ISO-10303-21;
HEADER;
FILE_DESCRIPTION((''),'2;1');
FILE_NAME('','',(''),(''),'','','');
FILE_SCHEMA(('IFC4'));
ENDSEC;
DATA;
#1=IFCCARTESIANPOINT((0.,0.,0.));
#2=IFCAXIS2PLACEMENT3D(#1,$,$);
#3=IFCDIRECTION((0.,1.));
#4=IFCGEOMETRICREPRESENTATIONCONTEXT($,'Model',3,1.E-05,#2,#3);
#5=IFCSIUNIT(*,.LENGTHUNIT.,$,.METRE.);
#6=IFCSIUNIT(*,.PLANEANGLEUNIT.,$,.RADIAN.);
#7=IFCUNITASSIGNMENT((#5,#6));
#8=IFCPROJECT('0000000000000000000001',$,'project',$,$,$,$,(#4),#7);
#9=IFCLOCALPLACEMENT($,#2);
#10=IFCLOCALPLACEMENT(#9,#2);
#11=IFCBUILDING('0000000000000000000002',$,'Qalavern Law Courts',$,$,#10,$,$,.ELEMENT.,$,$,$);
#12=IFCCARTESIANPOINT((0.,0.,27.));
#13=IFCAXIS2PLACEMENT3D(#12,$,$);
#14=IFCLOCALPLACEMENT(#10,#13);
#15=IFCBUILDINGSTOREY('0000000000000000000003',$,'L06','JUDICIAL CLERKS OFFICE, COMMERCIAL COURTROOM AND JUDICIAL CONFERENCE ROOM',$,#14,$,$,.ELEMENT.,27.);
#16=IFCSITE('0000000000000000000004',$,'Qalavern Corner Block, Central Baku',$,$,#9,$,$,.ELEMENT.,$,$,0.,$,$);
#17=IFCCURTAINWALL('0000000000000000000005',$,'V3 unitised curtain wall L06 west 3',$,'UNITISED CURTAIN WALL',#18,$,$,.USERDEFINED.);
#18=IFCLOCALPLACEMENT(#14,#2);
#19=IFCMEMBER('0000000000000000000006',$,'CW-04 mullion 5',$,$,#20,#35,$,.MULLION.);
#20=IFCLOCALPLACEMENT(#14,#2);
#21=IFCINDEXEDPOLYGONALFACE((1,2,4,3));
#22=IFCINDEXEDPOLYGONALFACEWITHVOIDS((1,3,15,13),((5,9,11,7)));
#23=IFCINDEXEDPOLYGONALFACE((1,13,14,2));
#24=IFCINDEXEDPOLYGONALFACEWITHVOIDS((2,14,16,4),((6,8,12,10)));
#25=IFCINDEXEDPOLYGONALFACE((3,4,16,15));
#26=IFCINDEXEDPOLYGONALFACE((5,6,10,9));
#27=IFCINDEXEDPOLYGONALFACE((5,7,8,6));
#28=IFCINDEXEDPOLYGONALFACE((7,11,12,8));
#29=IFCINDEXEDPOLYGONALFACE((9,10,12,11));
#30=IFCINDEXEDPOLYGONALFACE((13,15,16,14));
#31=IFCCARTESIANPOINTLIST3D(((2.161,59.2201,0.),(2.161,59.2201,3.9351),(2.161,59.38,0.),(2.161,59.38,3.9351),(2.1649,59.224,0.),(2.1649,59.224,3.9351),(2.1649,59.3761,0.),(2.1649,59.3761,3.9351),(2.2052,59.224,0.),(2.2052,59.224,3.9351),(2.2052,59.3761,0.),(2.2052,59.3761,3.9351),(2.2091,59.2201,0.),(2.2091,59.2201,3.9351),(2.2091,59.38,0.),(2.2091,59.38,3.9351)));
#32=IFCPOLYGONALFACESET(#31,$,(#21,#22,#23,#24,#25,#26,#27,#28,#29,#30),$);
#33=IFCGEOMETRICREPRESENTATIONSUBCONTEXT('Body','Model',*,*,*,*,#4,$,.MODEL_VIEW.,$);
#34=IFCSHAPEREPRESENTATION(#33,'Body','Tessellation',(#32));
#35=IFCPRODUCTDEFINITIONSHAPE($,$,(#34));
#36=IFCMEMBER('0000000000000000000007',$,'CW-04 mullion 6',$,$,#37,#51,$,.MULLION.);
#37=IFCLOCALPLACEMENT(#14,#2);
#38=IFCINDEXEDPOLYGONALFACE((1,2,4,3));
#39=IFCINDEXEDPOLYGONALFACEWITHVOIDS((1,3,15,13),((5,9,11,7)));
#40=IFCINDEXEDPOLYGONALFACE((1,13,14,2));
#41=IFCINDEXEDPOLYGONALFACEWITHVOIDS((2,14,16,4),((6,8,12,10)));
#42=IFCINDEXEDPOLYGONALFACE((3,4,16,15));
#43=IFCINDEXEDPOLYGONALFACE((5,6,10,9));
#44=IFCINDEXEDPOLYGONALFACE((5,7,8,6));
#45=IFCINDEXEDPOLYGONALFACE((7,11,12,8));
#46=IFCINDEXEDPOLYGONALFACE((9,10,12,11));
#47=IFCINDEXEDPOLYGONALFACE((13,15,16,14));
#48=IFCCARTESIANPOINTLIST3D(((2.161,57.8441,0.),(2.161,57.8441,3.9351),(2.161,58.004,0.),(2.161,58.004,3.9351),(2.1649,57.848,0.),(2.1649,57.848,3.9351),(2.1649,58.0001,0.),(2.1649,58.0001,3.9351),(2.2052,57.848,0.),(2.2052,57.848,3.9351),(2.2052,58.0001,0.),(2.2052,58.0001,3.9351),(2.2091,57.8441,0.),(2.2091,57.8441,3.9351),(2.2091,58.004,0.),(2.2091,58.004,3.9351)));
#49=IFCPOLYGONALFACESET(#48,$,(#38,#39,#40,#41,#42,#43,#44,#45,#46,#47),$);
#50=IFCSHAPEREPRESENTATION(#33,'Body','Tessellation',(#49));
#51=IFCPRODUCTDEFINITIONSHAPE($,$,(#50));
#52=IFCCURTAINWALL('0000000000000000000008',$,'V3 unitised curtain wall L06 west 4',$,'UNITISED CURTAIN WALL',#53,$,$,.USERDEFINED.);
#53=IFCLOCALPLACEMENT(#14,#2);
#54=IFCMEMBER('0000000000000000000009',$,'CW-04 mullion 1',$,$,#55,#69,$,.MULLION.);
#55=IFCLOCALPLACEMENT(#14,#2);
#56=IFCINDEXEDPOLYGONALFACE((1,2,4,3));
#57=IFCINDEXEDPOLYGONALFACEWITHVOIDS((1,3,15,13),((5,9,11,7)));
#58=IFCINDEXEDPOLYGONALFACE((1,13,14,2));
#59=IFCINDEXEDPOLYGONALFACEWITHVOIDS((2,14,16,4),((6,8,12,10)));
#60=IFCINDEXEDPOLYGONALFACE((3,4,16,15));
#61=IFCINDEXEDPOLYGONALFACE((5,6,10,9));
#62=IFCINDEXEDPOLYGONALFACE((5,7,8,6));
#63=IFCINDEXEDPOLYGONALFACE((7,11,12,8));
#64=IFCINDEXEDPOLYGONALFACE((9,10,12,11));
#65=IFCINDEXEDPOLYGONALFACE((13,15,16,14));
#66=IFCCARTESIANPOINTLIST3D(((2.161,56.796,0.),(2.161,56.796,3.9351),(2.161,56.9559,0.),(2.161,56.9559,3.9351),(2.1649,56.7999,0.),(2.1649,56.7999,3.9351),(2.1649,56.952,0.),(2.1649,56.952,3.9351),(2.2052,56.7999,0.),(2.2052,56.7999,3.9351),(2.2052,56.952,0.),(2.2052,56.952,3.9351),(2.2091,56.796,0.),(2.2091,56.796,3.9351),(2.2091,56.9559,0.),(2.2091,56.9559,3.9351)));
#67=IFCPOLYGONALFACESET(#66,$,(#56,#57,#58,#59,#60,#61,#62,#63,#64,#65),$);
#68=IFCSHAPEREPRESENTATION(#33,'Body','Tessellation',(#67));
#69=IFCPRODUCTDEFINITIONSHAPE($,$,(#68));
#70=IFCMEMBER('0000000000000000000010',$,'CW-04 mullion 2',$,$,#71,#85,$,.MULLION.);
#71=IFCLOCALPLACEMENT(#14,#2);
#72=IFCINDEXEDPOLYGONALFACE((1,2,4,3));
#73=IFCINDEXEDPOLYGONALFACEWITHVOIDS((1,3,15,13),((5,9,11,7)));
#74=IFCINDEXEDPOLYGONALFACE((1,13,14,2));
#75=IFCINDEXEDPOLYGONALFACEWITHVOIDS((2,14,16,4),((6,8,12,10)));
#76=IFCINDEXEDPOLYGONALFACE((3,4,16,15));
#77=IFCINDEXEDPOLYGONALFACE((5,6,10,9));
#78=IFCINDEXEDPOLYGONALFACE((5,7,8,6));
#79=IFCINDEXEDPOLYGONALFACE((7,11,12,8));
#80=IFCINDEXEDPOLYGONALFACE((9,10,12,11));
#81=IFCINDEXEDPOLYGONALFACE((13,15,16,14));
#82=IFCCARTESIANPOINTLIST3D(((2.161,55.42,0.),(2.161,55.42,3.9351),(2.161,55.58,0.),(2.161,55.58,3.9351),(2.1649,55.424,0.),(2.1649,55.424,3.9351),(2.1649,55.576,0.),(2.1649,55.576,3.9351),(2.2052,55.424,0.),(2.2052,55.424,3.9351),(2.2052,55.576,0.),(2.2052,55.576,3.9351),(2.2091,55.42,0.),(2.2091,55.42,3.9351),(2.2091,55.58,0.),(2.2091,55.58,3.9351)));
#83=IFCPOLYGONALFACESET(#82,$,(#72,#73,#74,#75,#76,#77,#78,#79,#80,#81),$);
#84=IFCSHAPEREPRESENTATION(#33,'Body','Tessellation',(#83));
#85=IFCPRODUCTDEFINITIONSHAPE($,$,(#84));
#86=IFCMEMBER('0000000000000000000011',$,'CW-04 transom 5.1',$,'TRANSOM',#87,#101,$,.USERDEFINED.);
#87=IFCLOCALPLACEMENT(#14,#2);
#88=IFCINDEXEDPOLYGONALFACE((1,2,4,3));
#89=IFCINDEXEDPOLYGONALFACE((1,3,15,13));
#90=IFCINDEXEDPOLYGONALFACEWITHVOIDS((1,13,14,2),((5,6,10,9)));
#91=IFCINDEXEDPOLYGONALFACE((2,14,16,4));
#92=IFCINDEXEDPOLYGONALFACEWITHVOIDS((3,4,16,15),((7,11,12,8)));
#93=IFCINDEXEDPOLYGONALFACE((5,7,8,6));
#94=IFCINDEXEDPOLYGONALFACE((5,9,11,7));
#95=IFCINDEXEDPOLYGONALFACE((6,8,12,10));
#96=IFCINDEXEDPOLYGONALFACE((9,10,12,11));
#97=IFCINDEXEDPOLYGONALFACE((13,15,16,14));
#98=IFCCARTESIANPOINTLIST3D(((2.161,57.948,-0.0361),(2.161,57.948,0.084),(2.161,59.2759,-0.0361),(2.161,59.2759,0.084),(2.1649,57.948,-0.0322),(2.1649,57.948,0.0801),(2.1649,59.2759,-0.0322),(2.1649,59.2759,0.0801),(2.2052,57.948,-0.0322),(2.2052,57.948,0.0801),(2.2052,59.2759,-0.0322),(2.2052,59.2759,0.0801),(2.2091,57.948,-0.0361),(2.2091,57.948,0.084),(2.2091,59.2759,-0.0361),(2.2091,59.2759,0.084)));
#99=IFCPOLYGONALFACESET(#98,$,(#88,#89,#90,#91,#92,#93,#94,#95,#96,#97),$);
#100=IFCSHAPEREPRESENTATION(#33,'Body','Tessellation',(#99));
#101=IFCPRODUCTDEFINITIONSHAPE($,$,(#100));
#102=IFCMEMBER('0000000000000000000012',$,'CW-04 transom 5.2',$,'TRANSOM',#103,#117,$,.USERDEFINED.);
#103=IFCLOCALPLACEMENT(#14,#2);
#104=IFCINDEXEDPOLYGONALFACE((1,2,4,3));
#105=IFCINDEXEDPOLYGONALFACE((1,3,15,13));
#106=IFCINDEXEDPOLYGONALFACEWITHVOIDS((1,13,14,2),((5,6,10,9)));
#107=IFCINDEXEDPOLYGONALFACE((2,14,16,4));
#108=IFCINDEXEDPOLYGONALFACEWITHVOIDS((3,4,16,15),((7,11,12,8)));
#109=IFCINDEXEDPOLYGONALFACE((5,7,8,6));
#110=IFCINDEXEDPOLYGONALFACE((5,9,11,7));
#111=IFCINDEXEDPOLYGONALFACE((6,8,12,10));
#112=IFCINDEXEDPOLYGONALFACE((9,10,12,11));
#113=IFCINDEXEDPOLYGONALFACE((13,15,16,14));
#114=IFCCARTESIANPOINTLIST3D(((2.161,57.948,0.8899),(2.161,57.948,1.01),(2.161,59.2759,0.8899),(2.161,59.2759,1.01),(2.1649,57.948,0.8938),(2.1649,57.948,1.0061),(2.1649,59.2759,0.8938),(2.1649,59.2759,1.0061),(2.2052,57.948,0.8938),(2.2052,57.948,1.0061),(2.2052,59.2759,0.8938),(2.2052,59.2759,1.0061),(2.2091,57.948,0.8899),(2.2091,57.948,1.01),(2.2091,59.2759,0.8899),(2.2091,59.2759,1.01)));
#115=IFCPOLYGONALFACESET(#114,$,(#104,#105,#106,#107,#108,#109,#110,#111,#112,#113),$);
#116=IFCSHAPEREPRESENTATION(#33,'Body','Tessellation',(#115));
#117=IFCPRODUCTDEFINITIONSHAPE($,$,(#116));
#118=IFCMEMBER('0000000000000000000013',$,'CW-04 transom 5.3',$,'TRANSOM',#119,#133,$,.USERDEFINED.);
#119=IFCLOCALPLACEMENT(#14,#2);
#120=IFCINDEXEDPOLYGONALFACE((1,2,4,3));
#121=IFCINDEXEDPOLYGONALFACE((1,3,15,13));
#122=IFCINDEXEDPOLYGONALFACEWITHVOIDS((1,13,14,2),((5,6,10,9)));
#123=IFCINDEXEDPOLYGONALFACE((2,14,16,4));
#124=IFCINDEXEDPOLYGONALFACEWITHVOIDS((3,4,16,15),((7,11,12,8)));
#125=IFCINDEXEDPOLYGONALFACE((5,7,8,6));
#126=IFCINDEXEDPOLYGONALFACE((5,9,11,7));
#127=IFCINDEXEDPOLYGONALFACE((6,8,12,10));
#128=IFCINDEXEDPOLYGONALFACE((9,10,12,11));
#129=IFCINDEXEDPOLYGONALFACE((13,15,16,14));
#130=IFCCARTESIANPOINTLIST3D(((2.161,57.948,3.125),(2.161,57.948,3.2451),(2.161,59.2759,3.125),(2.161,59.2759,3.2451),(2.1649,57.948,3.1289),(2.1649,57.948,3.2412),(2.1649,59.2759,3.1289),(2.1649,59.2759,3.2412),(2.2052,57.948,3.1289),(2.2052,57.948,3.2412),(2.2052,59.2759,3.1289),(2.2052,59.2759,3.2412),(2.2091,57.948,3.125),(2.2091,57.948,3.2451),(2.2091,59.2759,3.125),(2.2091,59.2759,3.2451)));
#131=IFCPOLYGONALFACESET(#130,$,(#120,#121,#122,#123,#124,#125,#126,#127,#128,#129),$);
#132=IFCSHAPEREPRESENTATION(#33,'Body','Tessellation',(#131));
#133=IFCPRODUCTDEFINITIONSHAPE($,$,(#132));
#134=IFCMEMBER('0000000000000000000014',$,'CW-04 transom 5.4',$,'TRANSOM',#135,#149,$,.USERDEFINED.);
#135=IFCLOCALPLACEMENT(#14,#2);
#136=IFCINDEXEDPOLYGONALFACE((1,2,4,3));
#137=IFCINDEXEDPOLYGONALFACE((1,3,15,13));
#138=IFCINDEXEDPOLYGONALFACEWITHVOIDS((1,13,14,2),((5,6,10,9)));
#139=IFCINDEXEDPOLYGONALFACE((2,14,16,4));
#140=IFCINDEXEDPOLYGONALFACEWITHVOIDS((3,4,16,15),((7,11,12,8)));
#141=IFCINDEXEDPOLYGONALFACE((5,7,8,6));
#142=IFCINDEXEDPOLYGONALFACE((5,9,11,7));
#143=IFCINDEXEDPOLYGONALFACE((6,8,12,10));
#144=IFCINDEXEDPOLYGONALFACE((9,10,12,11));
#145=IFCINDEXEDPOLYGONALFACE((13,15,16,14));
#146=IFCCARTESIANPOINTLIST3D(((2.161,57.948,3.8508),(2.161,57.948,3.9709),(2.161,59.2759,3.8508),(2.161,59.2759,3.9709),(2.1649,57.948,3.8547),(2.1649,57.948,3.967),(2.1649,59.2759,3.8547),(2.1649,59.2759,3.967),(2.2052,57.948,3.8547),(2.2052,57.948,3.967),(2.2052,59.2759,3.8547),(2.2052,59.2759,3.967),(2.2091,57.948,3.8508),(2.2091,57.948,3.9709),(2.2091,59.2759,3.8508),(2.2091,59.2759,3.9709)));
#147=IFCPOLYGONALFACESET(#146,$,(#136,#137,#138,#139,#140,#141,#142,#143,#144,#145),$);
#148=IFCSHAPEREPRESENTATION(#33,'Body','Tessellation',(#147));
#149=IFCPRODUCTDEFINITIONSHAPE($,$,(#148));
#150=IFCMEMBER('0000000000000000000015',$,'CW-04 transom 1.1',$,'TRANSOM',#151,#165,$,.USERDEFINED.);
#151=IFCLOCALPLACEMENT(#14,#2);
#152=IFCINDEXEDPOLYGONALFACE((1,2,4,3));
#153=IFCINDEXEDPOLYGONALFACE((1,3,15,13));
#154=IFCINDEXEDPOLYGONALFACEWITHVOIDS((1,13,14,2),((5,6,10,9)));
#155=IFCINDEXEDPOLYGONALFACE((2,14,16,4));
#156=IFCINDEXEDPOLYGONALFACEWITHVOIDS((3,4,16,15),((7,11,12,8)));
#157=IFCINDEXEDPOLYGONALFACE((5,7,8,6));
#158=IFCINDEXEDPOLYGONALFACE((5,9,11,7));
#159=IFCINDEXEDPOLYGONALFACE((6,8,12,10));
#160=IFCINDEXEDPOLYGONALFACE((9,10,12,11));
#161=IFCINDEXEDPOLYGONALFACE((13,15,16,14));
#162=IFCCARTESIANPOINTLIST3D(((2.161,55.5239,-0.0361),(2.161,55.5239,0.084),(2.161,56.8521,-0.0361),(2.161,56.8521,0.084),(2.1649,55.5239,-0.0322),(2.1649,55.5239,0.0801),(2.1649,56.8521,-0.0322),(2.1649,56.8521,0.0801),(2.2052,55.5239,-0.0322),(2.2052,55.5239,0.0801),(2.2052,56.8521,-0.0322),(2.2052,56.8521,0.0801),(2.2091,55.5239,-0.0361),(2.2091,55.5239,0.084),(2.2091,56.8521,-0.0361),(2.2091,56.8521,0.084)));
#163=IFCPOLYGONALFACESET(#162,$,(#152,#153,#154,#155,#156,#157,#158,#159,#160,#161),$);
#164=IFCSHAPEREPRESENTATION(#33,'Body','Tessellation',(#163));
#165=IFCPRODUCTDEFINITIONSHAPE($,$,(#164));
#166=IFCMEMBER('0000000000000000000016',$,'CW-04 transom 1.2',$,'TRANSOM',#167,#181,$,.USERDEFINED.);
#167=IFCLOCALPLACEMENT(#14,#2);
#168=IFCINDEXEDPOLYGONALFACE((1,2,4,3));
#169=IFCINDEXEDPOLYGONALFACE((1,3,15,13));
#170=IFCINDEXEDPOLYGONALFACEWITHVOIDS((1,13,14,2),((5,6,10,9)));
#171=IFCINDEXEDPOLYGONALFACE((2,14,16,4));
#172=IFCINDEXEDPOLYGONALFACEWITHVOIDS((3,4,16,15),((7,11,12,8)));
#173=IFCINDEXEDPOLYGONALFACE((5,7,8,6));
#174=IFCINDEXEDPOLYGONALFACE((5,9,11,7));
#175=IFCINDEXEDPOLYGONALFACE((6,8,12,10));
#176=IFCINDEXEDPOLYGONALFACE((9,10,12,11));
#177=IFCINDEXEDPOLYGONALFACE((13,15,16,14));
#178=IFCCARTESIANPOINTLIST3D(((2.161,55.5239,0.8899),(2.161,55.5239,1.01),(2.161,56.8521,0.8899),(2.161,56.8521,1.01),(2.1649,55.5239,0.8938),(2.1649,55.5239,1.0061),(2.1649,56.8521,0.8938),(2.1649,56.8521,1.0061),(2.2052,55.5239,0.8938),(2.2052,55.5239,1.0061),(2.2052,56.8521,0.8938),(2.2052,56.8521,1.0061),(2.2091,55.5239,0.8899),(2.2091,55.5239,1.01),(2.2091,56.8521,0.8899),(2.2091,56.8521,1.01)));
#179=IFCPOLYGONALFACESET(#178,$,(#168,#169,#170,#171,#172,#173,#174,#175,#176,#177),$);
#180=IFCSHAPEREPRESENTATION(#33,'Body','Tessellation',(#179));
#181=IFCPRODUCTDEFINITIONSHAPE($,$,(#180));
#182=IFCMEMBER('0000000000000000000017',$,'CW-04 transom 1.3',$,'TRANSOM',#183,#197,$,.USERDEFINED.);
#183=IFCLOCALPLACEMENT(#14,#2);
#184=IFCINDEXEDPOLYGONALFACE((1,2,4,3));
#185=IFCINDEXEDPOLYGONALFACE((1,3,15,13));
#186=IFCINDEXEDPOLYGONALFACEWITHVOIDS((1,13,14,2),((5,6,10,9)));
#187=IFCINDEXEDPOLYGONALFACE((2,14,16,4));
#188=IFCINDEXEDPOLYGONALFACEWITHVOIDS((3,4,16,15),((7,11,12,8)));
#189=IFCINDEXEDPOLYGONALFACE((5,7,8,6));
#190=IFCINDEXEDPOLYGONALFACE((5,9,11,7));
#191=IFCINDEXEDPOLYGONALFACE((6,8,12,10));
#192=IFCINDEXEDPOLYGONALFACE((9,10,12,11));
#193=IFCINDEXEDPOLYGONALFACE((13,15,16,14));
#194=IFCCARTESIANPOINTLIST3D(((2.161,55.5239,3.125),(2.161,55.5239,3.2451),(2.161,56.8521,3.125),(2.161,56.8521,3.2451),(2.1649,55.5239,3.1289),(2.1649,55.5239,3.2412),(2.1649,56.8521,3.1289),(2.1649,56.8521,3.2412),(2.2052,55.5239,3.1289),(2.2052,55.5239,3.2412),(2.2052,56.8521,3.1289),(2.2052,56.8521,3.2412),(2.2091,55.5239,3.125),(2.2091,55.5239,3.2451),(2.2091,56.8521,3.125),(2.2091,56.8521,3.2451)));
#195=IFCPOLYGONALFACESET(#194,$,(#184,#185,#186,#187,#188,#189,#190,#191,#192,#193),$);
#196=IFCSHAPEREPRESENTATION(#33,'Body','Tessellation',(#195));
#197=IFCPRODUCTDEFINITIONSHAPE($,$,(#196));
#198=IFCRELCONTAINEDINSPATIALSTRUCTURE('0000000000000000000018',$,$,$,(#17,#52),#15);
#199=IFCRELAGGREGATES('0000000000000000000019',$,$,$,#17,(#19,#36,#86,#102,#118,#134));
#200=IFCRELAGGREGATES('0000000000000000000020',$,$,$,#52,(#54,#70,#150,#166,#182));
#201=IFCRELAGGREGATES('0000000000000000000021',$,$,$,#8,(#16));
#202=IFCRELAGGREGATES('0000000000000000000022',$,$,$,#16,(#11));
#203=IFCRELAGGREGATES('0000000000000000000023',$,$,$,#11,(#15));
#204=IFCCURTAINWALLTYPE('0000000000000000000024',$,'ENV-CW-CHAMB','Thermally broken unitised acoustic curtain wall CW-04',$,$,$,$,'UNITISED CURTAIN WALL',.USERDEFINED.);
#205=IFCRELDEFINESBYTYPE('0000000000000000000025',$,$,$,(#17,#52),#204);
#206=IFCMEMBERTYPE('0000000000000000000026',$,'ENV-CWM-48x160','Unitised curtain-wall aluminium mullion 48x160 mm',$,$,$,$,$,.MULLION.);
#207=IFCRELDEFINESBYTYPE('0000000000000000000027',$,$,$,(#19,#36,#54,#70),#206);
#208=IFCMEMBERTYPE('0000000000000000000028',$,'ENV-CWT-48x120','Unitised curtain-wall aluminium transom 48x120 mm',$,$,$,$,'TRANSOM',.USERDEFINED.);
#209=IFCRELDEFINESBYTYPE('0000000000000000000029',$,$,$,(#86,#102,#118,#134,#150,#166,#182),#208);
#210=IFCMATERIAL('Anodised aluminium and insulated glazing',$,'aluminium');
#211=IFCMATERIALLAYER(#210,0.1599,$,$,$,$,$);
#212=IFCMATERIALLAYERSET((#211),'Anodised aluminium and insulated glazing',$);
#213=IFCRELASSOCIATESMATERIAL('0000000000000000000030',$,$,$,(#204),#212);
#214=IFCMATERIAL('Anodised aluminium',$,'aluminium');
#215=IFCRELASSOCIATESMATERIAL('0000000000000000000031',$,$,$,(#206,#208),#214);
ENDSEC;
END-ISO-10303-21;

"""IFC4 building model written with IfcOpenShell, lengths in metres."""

from ifc_helpers import new_model, si_unit, direction, frame, origin, origin_2d, place, context, subcontext, project, spatial, hollow_rectangle, extrude, material, layer, layer_set, material_profile, profile_set, type_object, element, aggregate, save


model = new_model("IFC4")

# Units and contexts
model_context = context("Model", 3, precision=1e-05, world=origin(), true_north=direction((0.0, 1.0)))
body_context = subcontext(model_context, "Body", "Model", "MODEL_VIEW")
ifc_project = project(units=[si_unit("LENGTHUNIT", "METRE"), si_unit("PLANEANGLEUNIT", "RADIAN")], contexts=[model_context])

# Site, building, storey
site_placement = place(None, origin())
site = spatial("IfcSite", under=ifc_project, at=site_placement, Name="Qalavern Corner Block, Central Baku", CompositionType="ELEMENT", RefElevation=0.0)
building_placement = place(site_placement, origin())
building = spatial("IfcBuilding", under=site, at=building_placement, Name="Qalavern Law Courts", CompositionType="ELEMENT")
storey_placement = place(building_placement, frame((0.0, 0.0, 27.0)))
storey = spatial("IfcBuildingStorey", under=building, at=storey_placement, Name="L06", Description="JUDICIAL CLERKS OFFICE, COMMERCIAL COURTROOM AND JUDICIAL CONFERENCE ROOM", CompositionType="ELEMENT", Elevation=27.0)

# Curtain walls, members
ifc_material_1 = material(Name="Anodised aluminium and insulated glazing", Category="aluminium")
ifc_layer_1 = layer(ifc_material_1, 0.1599)
ifc_layer_set_1 = layer_set([ifc_layer_1], Name="Anodised aluminium and insulated glazing")
curtain_wall_type = type_object("IfcCurtainWallType", Name="ENV-CW-CHAMB", Description="Thermally broken unitised acoustic curtain wall CW-04", ElementType="UNITISED CURTAIN WALL", PredefinedType="USERDEFINED", material=ifc_layer_set_1)
curtain_wall_1_placement = place(storey_placement, origin())
curtain_wall_1 = element("IfcCurtainWall", 1, at=curtain_wall_1_placement, inside=storey, type_object=curtain_wall_type, Name="V3 unitised curtain wall L06 west 3", ObjectType="UNITISED CURTAIN WALL", PredefinedType="USERDEFINED")
ifc_material_2 = material(Name="Anodised aluminium", Category="aluminium")
ifc_material_profile_1 = material_profile(ifc_material_2, hollow_rectangle(XDim=0.0481, YDim=0.1599, WallThickness=0.0039, at=origin_2d()), Name="ALU MULLION 48x160")
ifc_profile_set_1 = profile_set([ifc_material_profile_1], Name="Anodised aluminium")
member_type_1 = type_object("IfcMemberType", Name="ENV-CWM-48x160", Description="Unitised curtain-wall aluminium mullion 48x160 mm", PredefinedType="MULLION", material=ifc_profile_set_1)
member_1_placement = place(storey_placement, frame((2.1851, 59.3, 0.0), z_axis=(0.0, 0.0, 1.0), x_axis=(1.0, 0.0, 0.0)))
member_1 = element("IfcMember", 2, at=member_1_placement, type_object=member_type_1, Name="CW-04 mullion 5", PredefinedType="MULLION", context=body_context, shape_type="SweptSolid", body=[
    extrude(hollow_rectangle(XDim=0.0481, YDim=0.1599, WallThickness=0.0039, at=origin_2d()), origin(), (0.0, 0.0, 1.0), 3.9351),
])
member_2_placement = place(storey_placement, frame((2.1851, 57.9241, 0.0), z_axis=(0.0, 0.0, 1.0), x_axis=(1.0, 0.0, 0.0)))
member_2 = element("IfcMember", 3, at=member_2_placement, type_object=member_type_1, Name="CW-04 mullion 6", PredefinedType="MULLION", context=body_context, shape_type="SweptSolid", body=[
    extrude(hollow_rectangle(XDim=0.0481, YDim=0.1599, WallThickness=0.0039, at=origin_2d()), origin(), (0.0, 0.0, 1.0), 3.9351),
])
curtain_wall_2_placement = place(storey_placement, origin())
curtain_wall_2 = element("IfcCurtainWall", 4, at=curtain_wall_2_placement, inside=storey, type_object=curtain_wall_type, Name="V3 unitised curtain wall L06 west 4", ObjectType="UNITISED CURTAIN WALL", PredefinedType="USERDEFINED")
member_3_placement = place(storey_placement, frame((2.1851, 56.876, 0.0), z_axis=(0.0, 0.0, 1.0), x_axis=(1.0, 0.0, 0.0)))
member_3 = element("IfcMember", 5, at=member_3_placement, type_object=member_type_1, Name="CW-04 mullion 1", PredefinedType="MULLION", context=body_context, shape_type="SweptSolid", body=[
    extrude(hollow_rectangle(XDim=0.0481, YDim=0.1599, WallThickness=0.0039, at=origin_2d()), origin(), (0.0, 0.0, 1.0), 3.9351),
])
member_4_placement = place(storey_placement, frame((2.1851, 55.5, 0.0), z_axis=(0.0, 0.0, 1.0), x_axis=(1.0, 0.0, 0.0)))
member_4 = element("IfcMember", 6, at=member_4_placement, type_object=member_type_1, Name="CW-04 mullion 2", PredefinedType="MULLION", context=body_context, shape_type="SweptSolid", body=[
    extrude(hollow_rectangle(XDim=0.0481, YDim=0.1599, WallThickness=0.0039, at=origin_2d()), origin(), (0.0, 0.0, 1.0), 3.9351),
])

# Members
ifc_material_profile_2 = material_profile(ifc_material_2, hollow_rectangle(XDim=0.0481, YDim=0.1201, WallThickness=0.0039, at=origin_2d()), Name="ALU TRANSOM 48x120")
ifc_profile_set_2 = profile_set([ifc_material_profile_2], Name="Anodised aluminium")
member_type_2 = type_object("IfcMemberType", Name="ENV-CWT-48x120", Description="Unitised curtain-wall aluminium transom 48x120 mm", ElementType="TRANSOM", PredefinedType="USERDEFINED", material=ifc_profile_set_2)
member_5_placement = place(storey_placement, frame((2.1851, 59.2759, 0.0239), z_axis=(0.0, -1.0, 0.0), x_axis=(1.0, 0.0, 0.0)))
member_5 = element("IfcMember", 7, at=member_5_placement, type_object=member_type_2, Name="CW-04 transom 5.1", ObjectType="TRANSOM", PredefinedType="USERDEFINED", context=body_context, shape_type="SweptSolid", body=[
    extrude(hollow_rectangle(XDim=0.0481, YDim=0.1201, WallThickness=0.0039, at=origin_2d()), origin(), (0.0, 0.0, 1.0), 1.3279),
])
member_6_placement = place(storey_placement, frame((2.1851, 59.2759, 0.95), z_axis=(0.0, -1.0, 0.0), x_axis=(1.0, 0.0, 0.0)))
member_6 = element("IfcMember", 8, at=member_6_placement, type_object=member_type_2, Name="CW-04 transom 5.2", ObjectType="TRANSOM", PredefinedType="USERDEFINED", context=body_context, shape_type="SweptSolid", body=[
    extrude(hollow_rectangle(XDim=0.0481, YDim=0.1201, WallThickness=0.0039, at=origin_2d()), origin(), (0.0, 0.0, 1.0), 1.3279),
])
member_7_placement = place(storey_placement, frame((2.1851, 59.2759, 3.1851), z_axis=(0.0, -1.0, 0.0), x_axis=(1.0, 0.0, 0.0)))
member_7 = element("IfcMember", 9, at=member_7_placement, type_object=member_type_2, Name="CW-04 transom 5.3", ObjectType="TRANSOM", PredefinedType="USERDEFINED", context=body_context, shape_type="SweptSolid", body=[
    extrude(hollow_rectangle(XDim=0.0481, YDim=0.1201, WallThickness=0.0039, at=origin_2d()), origin(), (0.0, 0.0, 1.0), 1.3279),
])
member_8_placement = place(storey_placement, frame((2.1851, 59.2759, 3.9109), z_axis=(0.0, -1.0, 0.0), x_axis=(1.0, 0.0, 0.0)))
member_8 = element("IfcMember", 10, at=member_8_placement, type_object=member_type_2, Name="CW-04 transom 5.4", ObjectType="TRANSOM", PredefinedType="USERDEFINED", context=body_context, shape_type="SweptSolid", body=[
    extrude(hollow_rectangle(XDim=0.0481, YDim=0.1201, WallThickness=0.0039, at=origin_2d()), origin(), (0.0, 0.0, 1.0), 1.3279),
])
member_9_placement = place(storey_placement, frame((2.1851, 56.8521, 0.0239), z_axis=(0.0, -1.0, 0.0), x_axis=(1.0, 0.0, 0.0)))
member_9 = element("IfcMember", 11, at=member_9_placement, type_object=member_type_2, Name="CW-04 transom 1.1", ObjectType="TRANSOM", PredefinedType="USERDEFINED", context=body_context, shape_type="SweptSolid", body=[
    extrude(hollow_rectangle(XDim=0.0481, YDim=0.1201, WallThickness=0.0039, at=origin_2d()), origin(), (0.0, 0.0, 1.0), 1.3281),
])
member_10_placement = place(storey_placement, frame((2.1851, 56.8521, 0.95), z_axis=(0.0, -1.0, 0.0), x_axis=(1.0, 0.0, 0.0)))
member_10 = element("IfcMember", 12, at=member_10_placement, type_object=member_type_2, Name="CW-04 transom 1.2", ObjectType="TRANSOM", PredefinedType="USERDEFINED", context=body_context, shape_type="SweptSolid", body=[
    extrude(hollow_rectangle(XDim=0.0481, YDim=0.1201, WallThickness=0.0039, at=origin_2d()), origin(), (0.0, 0.0, 1.0), 1.3281),
])
member_11_placement = place(storey_placement, frame((2.1851, 56.8521, 3.1851), z_axis=(0.0, -1.0, 0.0), x_axis=(1.0, 0.0, 0.0)))
member_11 = element("IfcMember", 13, at=member_11_placement, type_object=member_type_2, Name="CW-04 transom 1.3", ObjectType="TRANSOM", PredefinedType="USERDEFINED", context=body_context, shape_type="SweptSolid", body=[
    extrude(hollow_rectangle(XDim=0.0481, YDim=0.1201, WallThickness=0.0039, at=origin_2d()), origin(), (0.0, 0.0, 1.0), 1.3281),
])

aggregate(curtain_wall_1, [member_1, member_2, member_5, member_6, member_7, member_8])
aggregate(curtain_wall_2, [member_3, member_4, member_9, member_10, member_11])

save(model, "model.ifc")
